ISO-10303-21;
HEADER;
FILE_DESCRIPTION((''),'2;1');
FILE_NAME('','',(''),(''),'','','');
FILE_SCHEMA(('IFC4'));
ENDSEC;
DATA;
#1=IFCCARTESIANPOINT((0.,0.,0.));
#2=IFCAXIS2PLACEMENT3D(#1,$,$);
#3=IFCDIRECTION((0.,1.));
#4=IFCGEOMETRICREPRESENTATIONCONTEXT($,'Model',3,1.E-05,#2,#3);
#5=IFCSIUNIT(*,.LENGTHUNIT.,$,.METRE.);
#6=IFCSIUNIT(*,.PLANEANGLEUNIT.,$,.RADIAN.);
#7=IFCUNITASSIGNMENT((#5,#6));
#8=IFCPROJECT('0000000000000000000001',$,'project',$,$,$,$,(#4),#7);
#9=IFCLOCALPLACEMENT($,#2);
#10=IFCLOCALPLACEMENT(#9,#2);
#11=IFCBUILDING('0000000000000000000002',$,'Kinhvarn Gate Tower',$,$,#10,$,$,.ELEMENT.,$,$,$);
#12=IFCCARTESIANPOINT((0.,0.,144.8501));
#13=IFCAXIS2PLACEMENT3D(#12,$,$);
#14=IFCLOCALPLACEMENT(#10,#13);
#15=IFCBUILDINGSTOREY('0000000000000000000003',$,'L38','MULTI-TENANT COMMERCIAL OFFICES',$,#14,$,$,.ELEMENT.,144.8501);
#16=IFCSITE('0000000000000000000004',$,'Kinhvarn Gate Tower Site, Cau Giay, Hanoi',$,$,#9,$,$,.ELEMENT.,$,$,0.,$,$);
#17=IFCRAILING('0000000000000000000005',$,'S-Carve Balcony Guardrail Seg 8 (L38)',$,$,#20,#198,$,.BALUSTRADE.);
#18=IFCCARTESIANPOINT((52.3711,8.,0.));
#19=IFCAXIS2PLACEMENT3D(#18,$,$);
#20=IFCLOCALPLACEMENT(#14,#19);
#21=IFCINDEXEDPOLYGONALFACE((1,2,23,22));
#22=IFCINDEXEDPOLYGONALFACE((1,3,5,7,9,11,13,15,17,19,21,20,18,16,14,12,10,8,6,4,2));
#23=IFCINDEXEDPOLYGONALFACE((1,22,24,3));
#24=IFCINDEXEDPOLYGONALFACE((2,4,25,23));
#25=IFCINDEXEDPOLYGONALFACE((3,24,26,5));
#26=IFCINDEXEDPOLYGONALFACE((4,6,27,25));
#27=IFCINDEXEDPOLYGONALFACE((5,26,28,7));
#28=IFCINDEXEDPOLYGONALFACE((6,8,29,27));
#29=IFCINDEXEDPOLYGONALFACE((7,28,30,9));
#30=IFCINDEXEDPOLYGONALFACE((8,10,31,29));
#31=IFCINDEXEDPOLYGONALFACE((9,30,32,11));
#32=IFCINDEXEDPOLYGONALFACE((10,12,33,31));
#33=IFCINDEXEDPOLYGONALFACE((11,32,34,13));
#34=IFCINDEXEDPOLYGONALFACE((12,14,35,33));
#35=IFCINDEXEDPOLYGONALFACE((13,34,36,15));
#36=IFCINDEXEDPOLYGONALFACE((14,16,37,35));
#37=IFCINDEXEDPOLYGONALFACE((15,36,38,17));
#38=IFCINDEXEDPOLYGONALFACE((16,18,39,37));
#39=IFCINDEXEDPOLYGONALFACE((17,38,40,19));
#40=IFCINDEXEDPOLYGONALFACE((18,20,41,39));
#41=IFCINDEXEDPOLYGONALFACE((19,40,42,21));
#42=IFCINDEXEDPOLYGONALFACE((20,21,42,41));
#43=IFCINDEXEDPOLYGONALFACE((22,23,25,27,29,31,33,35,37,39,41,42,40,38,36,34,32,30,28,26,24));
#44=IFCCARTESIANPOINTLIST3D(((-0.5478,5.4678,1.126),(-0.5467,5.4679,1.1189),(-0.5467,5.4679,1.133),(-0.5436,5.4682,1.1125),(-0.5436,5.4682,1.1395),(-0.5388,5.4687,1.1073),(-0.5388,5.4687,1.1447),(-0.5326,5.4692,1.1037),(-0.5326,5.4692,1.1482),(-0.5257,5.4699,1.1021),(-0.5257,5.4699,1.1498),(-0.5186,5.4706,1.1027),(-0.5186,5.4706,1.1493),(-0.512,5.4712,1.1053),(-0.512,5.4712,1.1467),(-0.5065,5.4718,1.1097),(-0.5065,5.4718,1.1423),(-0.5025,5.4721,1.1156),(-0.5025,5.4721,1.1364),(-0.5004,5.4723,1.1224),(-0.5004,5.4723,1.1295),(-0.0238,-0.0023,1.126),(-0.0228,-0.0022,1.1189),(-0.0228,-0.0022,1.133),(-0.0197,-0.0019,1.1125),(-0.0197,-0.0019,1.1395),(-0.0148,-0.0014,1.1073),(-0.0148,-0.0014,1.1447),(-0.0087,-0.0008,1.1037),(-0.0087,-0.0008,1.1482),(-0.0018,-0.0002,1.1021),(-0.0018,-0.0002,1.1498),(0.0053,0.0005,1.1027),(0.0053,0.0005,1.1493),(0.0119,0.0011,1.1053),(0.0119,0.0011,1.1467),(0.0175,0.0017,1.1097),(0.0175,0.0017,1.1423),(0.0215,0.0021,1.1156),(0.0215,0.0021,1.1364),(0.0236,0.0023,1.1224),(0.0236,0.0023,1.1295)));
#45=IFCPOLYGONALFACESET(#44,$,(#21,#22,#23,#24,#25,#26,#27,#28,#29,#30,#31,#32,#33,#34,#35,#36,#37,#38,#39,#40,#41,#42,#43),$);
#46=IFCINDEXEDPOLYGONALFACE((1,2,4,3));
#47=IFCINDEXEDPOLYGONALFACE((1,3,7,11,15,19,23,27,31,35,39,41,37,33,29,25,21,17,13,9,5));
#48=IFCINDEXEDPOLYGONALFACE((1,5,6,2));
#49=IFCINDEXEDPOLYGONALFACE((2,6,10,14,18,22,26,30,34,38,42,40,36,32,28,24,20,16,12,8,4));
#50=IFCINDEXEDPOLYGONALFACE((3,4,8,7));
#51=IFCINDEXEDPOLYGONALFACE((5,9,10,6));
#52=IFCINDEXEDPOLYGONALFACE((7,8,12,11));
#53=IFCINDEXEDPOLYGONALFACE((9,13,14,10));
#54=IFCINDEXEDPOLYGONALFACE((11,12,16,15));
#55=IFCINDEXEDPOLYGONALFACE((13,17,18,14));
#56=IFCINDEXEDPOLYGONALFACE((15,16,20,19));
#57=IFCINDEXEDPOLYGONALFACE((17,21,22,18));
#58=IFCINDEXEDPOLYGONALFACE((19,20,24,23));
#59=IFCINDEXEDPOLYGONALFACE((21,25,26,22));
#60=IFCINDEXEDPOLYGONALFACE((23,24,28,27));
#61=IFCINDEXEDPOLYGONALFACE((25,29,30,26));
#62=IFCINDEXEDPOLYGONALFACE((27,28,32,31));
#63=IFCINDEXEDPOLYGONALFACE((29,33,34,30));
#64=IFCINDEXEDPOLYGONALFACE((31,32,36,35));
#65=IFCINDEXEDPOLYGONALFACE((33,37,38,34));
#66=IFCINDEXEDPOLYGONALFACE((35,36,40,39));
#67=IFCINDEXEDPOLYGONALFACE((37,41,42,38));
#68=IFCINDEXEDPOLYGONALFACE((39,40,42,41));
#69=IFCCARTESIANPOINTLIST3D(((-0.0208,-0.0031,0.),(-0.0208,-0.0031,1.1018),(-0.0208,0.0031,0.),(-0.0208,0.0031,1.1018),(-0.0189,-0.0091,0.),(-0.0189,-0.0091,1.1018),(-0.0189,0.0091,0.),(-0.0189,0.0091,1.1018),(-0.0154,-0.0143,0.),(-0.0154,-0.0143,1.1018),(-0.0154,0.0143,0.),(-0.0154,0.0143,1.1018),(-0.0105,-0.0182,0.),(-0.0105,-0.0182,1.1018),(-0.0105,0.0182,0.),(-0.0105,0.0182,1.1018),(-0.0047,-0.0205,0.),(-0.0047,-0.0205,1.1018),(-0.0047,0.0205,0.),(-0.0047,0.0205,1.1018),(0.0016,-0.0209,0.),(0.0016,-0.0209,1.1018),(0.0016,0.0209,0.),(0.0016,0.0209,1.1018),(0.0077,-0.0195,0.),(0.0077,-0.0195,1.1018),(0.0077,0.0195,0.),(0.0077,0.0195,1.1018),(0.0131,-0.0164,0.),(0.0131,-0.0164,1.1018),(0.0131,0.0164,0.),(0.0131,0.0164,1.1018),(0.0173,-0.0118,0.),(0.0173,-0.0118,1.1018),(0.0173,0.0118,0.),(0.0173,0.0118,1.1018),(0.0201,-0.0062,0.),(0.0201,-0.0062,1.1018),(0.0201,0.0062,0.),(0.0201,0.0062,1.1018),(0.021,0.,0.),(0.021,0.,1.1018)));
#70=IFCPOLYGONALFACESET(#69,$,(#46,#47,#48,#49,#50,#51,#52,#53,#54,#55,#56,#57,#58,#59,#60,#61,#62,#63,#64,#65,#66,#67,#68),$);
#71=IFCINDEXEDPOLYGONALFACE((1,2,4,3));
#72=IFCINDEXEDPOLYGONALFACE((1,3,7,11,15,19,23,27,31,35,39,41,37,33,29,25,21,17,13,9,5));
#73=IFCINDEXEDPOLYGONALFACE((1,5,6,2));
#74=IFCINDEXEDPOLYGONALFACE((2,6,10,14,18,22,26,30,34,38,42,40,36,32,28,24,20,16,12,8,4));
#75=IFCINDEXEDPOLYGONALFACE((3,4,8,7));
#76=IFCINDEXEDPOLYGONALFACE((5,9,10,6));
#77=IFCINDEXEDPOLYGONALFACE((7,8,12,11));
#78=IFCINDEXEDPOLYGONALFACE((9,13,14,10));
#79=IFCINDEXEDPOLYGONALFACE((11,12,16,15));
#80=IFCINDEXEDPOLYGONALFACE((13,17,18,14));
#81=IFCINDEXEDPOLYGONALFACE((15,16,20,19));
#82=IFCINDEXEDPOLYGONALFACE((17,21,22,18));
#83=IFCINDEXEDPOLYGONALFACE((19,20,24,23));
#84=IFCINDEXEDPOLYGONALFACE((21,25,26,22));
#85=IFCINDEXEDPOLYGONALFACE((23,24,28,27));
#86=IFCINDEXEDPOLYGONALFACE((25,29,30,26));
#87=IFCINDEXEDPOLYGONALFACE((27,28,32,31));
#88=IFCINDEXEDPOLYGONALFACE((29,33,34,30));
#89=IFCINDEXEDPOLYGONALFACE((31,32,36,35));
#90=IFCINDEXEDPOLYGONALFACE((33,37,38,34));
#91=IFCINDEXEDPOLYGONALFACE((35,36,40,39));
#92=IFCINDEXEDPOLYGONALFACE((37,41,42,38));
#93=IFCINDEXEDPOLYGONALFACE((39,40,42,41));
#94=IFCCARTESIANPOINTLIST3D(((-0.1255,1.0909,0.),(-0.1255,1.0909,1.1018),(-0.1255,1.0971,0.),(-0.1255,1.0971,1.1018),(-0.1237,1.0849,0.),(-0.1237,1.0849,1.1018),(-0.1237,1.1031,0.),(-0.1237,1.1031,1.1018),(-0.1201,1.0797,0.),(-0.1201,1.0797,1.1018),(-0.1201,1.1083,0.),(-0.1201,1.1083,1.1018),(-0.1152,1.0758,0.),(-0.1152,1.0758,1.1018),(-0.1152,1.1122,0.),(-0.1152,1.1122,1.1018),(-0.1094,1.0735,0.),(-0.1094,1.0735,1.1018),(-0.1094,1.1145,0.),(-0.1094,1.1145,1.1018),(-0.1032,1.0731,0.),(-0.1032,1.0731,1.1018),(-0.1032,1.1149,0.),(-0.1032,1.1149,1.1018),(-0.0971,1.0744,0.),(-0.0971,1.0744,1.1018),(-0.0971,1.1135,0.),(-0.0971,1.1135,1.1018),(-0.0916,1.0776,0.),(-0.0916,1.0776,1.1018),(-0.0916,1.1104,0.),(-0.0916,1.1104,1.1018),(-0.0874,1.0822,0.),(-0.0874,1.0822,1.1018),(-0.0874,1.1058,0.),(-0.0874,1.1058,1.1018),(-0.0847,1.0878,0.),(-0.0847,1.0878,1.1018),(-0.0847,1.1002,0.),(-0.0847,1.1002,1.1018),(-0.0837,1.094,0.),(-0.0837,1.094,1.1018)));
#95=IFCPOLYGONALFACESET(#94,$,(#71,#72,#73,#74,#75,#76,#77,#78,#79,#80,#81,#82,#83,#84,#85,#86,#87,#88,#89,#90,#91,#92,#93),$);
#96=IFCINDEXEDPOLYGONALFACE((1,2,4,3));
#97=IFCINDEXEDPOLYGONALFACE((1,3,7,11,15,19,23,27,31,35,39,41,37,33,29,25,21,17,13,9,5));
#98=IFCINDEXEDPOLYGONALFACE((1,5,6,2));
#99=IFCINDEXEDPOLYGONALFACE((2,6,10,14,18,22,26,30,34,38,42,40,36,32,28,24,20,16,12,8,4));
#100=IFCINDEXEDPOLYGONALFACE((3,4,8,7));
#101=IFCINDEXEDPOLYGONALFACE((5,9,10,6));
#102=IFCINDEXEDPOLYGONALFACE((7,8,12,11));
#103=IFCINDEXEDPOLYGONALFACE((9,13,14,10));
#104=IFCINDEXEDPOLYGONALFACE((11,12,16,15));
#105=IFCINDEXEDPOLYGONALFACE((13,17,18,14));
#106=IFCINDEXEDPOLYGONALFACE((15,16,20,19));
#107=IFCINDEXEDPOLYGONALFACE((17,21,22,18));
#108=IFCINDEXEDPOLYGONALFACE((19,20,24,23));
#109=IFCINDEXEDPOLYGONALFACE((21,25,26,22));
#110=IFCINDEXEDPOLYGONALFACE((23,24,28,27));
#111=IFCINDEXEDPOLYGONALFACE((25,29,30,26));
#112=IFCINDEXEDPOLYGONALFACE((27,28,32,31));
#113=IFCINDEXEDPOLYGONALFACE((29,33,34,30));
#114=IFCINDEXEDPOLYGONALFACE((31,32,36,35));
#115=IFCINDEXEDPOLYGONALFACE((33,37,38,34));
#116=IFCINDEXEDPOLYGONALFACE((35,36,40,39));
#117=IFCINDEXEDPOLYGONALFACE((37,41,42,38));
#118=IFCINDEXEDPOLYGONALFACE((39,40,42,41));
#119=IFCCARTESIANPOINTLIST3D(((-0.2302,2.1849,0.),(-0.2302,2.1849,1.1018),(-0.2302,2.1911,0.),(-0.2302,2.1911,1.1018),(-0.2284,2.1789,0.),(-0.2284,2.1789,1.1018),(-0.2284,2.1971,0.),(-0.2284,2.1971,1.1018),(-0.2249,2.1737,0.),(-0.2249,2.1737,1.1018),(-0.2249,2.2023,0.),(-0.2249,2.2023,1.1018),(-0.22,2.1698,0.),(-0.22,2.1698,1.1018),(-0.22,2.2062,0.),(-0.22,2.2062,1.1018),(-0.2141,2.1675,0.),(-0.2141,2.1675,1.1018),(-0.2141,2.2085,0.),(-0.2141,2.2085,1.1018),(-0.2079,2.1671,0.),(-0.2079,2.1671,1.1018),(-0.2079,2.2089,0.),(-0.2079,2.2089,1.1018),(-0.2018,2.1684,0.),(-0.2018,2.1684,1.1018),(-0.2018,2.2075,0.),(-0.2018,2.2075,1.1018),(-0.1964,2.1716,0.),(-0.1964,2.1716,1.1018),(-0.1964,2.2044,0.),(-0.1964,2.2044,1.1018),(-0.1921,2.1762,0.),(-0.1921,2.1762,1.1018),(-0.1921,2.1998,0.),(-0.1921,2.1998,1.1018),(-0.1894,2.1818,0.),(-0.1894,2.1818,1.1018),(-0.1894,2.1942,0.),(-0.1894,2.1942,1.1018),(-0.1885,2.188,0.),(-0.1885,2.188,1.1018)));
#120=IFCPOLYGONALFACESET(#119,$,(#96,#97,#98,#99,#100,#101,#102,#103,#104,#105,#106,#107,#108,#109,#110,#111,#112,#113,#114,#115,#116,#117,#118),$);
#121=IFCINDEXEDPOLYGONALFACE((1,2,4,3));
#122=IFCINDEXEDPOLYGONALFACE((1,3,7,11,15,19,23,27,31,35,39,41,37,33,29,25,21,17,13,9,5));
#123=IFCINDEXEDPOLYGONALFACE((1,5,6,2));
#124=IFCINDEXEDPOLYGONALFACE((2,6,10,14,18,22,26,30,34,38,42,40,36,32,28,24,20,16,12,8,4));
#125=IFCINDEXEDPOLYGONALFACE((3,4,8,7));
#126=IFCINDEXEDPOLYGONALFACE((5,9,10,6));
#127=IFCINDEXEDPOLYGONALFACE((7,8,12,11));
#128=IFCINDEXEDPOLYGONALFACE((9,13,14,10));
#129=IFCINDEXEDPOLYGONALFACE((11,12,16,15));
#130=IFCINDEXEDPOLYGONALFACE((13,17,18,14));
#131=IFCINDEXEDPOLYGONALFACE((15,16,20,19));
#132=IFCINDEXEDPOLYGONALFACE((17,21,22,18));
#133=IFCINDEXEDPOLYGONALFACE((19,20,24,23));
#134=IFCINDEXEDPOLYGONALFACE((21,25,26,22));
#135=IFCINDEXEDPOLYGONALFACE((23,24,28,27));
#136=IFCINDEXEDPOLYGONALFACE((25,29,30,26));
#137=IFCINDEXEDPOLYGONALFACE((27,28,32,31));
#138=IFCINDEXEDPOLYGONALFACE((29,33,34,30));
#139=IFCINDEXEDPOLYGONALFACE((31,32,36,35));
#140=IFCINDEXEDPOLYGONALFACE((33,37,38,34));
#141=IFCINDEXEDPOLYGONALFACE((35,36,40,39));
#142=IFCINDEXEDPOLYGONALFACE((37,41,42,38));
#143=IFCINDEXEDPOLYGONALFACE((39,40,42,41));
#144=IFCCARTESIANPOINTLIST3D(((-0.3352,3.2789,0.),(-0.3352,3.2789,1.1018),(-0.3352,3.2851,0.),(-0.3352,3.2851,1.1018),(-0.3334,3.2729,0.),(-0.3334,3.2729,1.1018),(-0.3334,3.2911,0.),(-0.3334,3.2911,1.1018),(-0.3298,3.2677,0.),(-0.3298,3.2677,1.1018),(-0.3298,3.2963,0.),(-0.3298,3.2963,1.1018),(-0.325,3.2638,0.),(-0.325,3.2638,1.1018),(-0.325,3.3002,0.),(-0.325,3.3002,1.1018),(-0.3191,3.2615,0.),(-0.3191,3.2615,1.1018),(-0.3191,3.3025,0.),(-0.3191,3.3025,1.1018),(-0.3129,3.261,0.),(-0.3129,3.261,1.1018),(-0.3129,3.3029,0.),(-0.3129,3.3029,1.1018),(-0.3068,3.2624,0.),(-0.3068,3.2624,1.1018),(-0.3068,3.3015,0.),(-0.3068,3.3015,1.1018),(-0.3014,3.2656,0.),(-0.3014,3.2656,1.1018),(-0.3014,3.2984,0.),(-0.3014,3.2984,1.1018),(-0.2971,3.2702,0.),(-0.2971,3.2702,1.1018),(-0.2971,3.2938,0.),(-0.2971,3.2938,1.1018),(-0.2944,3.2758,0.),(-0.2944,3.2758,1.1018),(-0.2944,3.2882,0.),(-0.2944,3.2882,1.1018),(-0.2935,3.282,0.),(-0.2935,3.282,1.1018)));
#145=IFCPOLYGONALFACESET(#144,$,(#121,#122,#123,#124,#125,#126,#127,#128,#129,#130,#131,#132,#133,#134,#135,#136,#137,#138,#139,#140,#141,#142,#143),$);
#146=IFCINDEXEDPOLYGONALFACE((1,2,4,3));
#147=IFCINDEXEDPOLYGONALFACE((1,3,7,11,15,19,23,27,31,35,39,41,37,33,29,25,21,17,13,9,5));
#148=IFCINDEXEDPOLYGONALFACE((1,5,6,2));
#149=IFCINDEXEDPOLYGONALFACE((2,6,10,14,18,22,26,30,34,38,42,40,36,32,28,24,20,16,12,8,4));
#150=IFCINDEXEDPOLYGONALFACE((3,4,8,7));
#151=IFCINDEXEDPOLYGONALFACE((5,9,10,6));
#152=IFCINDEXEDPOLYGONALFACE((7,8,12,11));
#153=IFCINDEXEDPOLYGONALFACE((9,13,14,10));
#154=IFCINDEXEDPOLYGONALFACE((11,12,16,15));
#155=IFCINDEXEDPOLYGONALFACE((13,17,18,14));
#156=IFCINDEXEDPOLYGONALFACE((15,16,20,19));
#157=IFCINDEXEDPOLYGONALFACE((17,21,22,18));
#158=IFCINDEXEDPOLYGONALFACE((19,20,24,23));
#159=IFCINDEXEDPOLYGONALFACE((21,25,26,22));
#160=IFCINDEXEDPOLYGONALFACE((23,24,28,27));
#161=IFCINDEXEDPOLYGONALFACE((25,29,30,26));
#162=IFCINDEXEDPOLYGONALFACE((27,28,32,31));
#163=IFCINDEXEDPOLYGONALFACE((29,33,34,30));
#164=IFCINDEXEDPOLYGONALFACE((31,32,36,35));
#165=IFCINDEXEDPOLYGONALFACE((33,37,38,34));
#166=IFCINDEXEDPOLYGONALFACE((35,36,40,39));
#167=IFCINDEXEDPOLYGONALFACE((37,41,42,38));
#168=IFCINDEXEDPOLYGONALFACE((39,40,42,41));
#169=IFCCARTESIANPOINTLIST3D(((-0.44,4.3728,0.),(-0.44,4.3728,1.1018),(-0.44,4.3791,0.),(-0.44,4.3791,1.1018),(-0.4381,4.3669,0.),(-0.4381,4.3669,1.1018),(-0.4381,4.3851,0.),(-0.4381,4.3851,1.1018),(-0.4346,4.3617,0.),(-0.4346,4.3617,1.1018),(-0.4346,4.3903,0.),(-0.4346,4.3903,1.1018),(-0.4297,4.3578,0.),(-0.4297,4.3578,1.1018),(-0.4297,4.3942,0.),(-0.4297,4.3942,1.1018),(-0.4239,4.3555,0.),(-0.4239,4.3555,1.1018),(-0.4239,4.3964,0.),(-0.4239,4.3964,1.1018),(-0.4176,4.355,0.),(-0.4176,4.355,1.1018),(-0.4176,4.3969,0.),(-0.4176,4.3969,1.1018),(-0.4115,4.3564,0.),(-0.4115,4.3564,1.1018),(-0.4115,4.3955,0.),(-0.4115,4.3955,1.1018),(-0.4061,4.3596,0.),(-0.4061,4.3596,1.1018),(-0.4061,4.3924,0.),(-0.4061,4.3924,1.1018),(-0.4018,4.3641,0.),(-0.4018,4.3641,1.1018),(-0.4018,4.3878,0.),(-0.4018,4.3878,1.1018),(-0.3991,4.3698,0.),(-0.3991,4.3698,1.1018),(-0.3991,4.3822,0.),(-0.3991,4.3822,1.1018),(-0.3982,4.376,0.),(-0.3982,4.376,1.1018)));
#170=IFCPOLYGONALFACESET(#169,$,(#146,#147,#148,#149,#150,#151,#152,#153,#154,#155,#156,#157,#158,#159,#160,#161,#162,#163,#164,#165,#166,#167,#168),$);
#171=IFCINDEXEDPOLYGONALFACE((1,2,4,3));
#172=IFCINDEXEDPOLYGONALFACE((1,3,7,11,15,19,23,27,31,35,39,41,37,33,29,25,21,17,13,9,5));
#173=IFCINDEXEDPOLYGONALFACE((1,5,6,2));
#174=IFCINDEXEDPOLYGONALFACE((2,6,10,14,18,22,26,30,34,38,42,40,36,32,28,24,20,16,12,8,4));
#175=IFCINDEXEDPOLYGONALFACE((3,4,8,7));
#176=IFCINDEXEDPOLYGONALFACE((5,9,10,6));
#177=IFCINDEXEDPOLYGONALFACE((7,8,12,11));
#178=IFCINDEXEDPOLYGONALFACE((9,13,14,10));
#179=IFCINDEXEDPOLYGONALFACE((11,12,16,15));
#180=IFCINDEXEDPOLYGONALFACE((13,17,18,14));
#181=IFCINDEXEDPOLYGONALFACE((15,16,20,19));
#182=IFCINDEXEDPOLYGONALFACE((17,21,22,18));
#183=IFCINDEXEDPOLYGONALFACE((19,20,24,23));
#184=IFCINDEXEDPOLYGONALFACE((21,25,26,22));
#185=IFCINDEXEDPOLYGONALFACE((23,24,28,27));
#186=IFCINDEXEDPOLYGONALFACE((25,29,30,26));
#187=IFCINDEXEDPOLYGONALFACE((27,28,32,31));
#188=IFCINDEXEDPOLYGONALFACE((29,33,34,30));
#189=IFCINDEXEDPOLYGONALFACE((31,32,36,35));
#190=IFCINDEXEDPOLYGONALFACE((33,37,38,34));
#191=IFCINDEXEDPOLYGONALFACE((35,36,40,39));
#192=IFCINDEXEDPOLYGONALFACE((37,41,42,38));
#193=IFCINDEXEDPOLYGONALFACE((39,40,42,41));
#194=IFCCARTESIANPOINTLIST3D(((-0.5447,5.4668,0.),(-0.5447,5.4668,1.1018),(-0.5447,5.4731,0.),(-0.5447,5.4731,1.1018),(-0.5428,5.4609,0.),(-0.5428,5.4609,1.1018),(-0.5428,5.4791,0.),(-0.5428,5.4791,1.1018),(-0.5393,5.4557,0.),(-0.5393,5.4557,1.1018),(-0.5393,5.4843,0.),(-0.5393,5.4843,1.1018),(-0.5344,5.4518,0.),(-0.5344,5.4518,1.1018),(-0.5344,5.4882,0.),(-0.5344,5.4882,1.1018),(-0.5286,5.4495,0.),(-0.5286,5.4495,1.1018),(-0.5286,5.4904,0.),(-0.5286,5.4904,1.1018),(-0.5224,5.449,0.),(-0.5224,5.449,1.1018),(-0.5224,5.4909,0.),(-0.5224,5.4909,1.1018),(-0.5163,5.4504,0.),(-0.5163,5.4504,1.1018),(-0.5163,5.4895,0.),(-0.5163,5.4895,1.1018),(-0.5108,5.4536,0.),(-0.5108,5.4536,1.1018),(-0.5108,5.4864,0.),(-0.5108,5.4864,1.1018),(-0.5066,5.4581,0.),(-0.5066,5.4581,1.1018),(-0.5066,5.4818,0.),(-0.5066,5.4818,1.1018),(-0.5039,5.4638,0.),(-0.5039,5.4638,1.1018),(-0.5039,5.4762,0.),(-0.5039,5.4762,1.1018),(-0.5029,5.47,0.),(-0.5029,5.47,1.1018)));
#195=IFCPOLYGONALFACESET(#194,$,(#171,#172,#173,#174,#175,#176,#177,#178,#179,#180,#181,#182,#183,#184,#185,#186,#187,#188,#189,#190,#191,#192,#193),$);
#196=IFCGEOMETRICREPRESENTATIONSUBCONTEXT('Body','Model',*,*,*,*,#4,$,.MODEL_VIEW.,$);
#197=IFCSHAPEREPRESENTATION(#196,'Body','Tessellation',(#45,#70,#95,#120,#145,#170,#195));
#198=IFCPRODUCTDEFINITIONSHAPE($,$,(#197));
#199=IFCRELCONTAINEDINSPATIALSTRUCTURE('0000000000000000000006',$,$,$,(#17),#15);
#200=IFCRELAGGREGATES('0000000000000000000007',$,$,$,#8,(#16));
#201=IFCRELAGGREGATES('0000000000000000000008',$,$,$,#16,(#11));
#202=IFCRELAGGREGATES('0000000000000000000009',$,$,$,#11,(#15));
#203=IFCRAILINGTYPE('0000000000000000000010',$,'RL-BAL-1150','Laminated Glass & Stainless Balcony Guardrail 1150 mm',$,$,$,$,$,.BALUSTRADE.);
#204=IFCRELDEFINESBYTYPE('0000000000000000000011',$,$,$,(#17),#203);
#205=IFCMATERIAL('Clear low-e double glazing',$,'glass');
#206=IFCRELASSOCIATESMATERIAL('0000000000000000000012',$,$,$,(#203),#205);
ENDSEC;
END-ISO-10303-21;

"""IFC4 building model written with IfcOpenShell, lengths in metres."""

from ifc_helpers import new_model, si_unit, direction, frame, origin, origin_2d, place, context, subcontext, project, spatial, circle, extrude, material, type_object, element, save


model = new_model("IFC4")

# Units and contexts
model_context = context("Model", 3, precision=1e-05, world=origin(), true_north=direction((0.0, 1.0)))
body_context = subcontext(model_context, "Body", "Model", "MODEL_VIEW")
ifc_project = project(units=[si_unit("LENGTHUNIT", "METRE"), si_unit("PLANEANGLEUNIT", "RADIAN")], contexts=[model_context])

# Site, building, storey
site_placement = place(None, origin())
site = spatial("IfcSite", under=ifc_project, at=site_placement, Name="Kinhvarn Gate Tower Site, Cau Giay, Hanoi", CompositionType="ELEMENT", RefElevation=0.0)
building_placement = place(site_placement, origin())
building = spatial("IfcBuilding", under=site, at=building_placement, Name="Kinhvarn Gate Tower", CompositionType="ELEMENT")
storey_placement = place(building_placement, frame((0.0, 0.0, 144.8501)))
storey = spatial("IfcBuildingStorey", under=building, at=storey_placement, Name="L38", Description="MULTI-TENANT COMMERCIAL OFFICES", CompositionType="ELEMENT", Elevation=144.8501)

# Shared definitions
ifc_material_1 = material(Name="Clear low-e double glazing", Category="glass")

# Railing
railing_type = type_object("IfcRailingType", Name="RL-BAL-1150", Description="Laminated Glass & Stainless Balcony Guardrail 1150 mm", PredefinedType="BALUSTRADE", material=ifc_material_1)
railing_1_placement = place(storey_placement, frame((52.3711, 8.0, 0.0)))
element("IfcRailing", 1, at=railing_1_placement, inside=storey, type_object=railing_type, Name="S-Carve Balcony Guardrail Seg 8 (L38)", PredefinedType="BALUSTRADE", context=body_context, shape_type="SweptSolid", body=[
    extrude(circle(Radius=0.0239, at=origin_2d()), frame((0.0, 0.0, 1.126), z_axis=(-0.095346, 0.995444, 0.0), x_axis=(-0.995444, -0.095346, 0.0)), (0.0, 0.0, 1.0), 5.4951),
    extrude(circle(Radius=0.021, at=origin_2d()), origin(), (0.0, 0.0, 1.0), 1.1018),
    extrude(circle(Radius=0.021, at=origin_2d()), frame((-0.1047, 1.094, 0.0)), (0.0, 0.0, 1.0), 1.1018),
    extrude(circle(Radius=0.021, at=origin_2d()), frame((-0.2095, 2.188, 0.0)), (0.0, 0.0, 1.0), 1.1018),
    extrude(circle(Radius=0.021, at=origin_2d()), frame((-0.3145, 3.282, 0.0)), (0.0, 0.0, 1.0), 1.1018),
    extrude(circle(Radius=0.021, at=origin_2d()), frame((-0.4192, 4.376, 0.0)), (0.0, 0.0, 1.0), 1.1018),
    extrude(circle(Radius=0.021, at=origin_2d()), frame((-0.5239, 5.47, 0.0)), (0.0, 0.0, 1.0), 1.1018),
])

save(model, "model.ifc")
